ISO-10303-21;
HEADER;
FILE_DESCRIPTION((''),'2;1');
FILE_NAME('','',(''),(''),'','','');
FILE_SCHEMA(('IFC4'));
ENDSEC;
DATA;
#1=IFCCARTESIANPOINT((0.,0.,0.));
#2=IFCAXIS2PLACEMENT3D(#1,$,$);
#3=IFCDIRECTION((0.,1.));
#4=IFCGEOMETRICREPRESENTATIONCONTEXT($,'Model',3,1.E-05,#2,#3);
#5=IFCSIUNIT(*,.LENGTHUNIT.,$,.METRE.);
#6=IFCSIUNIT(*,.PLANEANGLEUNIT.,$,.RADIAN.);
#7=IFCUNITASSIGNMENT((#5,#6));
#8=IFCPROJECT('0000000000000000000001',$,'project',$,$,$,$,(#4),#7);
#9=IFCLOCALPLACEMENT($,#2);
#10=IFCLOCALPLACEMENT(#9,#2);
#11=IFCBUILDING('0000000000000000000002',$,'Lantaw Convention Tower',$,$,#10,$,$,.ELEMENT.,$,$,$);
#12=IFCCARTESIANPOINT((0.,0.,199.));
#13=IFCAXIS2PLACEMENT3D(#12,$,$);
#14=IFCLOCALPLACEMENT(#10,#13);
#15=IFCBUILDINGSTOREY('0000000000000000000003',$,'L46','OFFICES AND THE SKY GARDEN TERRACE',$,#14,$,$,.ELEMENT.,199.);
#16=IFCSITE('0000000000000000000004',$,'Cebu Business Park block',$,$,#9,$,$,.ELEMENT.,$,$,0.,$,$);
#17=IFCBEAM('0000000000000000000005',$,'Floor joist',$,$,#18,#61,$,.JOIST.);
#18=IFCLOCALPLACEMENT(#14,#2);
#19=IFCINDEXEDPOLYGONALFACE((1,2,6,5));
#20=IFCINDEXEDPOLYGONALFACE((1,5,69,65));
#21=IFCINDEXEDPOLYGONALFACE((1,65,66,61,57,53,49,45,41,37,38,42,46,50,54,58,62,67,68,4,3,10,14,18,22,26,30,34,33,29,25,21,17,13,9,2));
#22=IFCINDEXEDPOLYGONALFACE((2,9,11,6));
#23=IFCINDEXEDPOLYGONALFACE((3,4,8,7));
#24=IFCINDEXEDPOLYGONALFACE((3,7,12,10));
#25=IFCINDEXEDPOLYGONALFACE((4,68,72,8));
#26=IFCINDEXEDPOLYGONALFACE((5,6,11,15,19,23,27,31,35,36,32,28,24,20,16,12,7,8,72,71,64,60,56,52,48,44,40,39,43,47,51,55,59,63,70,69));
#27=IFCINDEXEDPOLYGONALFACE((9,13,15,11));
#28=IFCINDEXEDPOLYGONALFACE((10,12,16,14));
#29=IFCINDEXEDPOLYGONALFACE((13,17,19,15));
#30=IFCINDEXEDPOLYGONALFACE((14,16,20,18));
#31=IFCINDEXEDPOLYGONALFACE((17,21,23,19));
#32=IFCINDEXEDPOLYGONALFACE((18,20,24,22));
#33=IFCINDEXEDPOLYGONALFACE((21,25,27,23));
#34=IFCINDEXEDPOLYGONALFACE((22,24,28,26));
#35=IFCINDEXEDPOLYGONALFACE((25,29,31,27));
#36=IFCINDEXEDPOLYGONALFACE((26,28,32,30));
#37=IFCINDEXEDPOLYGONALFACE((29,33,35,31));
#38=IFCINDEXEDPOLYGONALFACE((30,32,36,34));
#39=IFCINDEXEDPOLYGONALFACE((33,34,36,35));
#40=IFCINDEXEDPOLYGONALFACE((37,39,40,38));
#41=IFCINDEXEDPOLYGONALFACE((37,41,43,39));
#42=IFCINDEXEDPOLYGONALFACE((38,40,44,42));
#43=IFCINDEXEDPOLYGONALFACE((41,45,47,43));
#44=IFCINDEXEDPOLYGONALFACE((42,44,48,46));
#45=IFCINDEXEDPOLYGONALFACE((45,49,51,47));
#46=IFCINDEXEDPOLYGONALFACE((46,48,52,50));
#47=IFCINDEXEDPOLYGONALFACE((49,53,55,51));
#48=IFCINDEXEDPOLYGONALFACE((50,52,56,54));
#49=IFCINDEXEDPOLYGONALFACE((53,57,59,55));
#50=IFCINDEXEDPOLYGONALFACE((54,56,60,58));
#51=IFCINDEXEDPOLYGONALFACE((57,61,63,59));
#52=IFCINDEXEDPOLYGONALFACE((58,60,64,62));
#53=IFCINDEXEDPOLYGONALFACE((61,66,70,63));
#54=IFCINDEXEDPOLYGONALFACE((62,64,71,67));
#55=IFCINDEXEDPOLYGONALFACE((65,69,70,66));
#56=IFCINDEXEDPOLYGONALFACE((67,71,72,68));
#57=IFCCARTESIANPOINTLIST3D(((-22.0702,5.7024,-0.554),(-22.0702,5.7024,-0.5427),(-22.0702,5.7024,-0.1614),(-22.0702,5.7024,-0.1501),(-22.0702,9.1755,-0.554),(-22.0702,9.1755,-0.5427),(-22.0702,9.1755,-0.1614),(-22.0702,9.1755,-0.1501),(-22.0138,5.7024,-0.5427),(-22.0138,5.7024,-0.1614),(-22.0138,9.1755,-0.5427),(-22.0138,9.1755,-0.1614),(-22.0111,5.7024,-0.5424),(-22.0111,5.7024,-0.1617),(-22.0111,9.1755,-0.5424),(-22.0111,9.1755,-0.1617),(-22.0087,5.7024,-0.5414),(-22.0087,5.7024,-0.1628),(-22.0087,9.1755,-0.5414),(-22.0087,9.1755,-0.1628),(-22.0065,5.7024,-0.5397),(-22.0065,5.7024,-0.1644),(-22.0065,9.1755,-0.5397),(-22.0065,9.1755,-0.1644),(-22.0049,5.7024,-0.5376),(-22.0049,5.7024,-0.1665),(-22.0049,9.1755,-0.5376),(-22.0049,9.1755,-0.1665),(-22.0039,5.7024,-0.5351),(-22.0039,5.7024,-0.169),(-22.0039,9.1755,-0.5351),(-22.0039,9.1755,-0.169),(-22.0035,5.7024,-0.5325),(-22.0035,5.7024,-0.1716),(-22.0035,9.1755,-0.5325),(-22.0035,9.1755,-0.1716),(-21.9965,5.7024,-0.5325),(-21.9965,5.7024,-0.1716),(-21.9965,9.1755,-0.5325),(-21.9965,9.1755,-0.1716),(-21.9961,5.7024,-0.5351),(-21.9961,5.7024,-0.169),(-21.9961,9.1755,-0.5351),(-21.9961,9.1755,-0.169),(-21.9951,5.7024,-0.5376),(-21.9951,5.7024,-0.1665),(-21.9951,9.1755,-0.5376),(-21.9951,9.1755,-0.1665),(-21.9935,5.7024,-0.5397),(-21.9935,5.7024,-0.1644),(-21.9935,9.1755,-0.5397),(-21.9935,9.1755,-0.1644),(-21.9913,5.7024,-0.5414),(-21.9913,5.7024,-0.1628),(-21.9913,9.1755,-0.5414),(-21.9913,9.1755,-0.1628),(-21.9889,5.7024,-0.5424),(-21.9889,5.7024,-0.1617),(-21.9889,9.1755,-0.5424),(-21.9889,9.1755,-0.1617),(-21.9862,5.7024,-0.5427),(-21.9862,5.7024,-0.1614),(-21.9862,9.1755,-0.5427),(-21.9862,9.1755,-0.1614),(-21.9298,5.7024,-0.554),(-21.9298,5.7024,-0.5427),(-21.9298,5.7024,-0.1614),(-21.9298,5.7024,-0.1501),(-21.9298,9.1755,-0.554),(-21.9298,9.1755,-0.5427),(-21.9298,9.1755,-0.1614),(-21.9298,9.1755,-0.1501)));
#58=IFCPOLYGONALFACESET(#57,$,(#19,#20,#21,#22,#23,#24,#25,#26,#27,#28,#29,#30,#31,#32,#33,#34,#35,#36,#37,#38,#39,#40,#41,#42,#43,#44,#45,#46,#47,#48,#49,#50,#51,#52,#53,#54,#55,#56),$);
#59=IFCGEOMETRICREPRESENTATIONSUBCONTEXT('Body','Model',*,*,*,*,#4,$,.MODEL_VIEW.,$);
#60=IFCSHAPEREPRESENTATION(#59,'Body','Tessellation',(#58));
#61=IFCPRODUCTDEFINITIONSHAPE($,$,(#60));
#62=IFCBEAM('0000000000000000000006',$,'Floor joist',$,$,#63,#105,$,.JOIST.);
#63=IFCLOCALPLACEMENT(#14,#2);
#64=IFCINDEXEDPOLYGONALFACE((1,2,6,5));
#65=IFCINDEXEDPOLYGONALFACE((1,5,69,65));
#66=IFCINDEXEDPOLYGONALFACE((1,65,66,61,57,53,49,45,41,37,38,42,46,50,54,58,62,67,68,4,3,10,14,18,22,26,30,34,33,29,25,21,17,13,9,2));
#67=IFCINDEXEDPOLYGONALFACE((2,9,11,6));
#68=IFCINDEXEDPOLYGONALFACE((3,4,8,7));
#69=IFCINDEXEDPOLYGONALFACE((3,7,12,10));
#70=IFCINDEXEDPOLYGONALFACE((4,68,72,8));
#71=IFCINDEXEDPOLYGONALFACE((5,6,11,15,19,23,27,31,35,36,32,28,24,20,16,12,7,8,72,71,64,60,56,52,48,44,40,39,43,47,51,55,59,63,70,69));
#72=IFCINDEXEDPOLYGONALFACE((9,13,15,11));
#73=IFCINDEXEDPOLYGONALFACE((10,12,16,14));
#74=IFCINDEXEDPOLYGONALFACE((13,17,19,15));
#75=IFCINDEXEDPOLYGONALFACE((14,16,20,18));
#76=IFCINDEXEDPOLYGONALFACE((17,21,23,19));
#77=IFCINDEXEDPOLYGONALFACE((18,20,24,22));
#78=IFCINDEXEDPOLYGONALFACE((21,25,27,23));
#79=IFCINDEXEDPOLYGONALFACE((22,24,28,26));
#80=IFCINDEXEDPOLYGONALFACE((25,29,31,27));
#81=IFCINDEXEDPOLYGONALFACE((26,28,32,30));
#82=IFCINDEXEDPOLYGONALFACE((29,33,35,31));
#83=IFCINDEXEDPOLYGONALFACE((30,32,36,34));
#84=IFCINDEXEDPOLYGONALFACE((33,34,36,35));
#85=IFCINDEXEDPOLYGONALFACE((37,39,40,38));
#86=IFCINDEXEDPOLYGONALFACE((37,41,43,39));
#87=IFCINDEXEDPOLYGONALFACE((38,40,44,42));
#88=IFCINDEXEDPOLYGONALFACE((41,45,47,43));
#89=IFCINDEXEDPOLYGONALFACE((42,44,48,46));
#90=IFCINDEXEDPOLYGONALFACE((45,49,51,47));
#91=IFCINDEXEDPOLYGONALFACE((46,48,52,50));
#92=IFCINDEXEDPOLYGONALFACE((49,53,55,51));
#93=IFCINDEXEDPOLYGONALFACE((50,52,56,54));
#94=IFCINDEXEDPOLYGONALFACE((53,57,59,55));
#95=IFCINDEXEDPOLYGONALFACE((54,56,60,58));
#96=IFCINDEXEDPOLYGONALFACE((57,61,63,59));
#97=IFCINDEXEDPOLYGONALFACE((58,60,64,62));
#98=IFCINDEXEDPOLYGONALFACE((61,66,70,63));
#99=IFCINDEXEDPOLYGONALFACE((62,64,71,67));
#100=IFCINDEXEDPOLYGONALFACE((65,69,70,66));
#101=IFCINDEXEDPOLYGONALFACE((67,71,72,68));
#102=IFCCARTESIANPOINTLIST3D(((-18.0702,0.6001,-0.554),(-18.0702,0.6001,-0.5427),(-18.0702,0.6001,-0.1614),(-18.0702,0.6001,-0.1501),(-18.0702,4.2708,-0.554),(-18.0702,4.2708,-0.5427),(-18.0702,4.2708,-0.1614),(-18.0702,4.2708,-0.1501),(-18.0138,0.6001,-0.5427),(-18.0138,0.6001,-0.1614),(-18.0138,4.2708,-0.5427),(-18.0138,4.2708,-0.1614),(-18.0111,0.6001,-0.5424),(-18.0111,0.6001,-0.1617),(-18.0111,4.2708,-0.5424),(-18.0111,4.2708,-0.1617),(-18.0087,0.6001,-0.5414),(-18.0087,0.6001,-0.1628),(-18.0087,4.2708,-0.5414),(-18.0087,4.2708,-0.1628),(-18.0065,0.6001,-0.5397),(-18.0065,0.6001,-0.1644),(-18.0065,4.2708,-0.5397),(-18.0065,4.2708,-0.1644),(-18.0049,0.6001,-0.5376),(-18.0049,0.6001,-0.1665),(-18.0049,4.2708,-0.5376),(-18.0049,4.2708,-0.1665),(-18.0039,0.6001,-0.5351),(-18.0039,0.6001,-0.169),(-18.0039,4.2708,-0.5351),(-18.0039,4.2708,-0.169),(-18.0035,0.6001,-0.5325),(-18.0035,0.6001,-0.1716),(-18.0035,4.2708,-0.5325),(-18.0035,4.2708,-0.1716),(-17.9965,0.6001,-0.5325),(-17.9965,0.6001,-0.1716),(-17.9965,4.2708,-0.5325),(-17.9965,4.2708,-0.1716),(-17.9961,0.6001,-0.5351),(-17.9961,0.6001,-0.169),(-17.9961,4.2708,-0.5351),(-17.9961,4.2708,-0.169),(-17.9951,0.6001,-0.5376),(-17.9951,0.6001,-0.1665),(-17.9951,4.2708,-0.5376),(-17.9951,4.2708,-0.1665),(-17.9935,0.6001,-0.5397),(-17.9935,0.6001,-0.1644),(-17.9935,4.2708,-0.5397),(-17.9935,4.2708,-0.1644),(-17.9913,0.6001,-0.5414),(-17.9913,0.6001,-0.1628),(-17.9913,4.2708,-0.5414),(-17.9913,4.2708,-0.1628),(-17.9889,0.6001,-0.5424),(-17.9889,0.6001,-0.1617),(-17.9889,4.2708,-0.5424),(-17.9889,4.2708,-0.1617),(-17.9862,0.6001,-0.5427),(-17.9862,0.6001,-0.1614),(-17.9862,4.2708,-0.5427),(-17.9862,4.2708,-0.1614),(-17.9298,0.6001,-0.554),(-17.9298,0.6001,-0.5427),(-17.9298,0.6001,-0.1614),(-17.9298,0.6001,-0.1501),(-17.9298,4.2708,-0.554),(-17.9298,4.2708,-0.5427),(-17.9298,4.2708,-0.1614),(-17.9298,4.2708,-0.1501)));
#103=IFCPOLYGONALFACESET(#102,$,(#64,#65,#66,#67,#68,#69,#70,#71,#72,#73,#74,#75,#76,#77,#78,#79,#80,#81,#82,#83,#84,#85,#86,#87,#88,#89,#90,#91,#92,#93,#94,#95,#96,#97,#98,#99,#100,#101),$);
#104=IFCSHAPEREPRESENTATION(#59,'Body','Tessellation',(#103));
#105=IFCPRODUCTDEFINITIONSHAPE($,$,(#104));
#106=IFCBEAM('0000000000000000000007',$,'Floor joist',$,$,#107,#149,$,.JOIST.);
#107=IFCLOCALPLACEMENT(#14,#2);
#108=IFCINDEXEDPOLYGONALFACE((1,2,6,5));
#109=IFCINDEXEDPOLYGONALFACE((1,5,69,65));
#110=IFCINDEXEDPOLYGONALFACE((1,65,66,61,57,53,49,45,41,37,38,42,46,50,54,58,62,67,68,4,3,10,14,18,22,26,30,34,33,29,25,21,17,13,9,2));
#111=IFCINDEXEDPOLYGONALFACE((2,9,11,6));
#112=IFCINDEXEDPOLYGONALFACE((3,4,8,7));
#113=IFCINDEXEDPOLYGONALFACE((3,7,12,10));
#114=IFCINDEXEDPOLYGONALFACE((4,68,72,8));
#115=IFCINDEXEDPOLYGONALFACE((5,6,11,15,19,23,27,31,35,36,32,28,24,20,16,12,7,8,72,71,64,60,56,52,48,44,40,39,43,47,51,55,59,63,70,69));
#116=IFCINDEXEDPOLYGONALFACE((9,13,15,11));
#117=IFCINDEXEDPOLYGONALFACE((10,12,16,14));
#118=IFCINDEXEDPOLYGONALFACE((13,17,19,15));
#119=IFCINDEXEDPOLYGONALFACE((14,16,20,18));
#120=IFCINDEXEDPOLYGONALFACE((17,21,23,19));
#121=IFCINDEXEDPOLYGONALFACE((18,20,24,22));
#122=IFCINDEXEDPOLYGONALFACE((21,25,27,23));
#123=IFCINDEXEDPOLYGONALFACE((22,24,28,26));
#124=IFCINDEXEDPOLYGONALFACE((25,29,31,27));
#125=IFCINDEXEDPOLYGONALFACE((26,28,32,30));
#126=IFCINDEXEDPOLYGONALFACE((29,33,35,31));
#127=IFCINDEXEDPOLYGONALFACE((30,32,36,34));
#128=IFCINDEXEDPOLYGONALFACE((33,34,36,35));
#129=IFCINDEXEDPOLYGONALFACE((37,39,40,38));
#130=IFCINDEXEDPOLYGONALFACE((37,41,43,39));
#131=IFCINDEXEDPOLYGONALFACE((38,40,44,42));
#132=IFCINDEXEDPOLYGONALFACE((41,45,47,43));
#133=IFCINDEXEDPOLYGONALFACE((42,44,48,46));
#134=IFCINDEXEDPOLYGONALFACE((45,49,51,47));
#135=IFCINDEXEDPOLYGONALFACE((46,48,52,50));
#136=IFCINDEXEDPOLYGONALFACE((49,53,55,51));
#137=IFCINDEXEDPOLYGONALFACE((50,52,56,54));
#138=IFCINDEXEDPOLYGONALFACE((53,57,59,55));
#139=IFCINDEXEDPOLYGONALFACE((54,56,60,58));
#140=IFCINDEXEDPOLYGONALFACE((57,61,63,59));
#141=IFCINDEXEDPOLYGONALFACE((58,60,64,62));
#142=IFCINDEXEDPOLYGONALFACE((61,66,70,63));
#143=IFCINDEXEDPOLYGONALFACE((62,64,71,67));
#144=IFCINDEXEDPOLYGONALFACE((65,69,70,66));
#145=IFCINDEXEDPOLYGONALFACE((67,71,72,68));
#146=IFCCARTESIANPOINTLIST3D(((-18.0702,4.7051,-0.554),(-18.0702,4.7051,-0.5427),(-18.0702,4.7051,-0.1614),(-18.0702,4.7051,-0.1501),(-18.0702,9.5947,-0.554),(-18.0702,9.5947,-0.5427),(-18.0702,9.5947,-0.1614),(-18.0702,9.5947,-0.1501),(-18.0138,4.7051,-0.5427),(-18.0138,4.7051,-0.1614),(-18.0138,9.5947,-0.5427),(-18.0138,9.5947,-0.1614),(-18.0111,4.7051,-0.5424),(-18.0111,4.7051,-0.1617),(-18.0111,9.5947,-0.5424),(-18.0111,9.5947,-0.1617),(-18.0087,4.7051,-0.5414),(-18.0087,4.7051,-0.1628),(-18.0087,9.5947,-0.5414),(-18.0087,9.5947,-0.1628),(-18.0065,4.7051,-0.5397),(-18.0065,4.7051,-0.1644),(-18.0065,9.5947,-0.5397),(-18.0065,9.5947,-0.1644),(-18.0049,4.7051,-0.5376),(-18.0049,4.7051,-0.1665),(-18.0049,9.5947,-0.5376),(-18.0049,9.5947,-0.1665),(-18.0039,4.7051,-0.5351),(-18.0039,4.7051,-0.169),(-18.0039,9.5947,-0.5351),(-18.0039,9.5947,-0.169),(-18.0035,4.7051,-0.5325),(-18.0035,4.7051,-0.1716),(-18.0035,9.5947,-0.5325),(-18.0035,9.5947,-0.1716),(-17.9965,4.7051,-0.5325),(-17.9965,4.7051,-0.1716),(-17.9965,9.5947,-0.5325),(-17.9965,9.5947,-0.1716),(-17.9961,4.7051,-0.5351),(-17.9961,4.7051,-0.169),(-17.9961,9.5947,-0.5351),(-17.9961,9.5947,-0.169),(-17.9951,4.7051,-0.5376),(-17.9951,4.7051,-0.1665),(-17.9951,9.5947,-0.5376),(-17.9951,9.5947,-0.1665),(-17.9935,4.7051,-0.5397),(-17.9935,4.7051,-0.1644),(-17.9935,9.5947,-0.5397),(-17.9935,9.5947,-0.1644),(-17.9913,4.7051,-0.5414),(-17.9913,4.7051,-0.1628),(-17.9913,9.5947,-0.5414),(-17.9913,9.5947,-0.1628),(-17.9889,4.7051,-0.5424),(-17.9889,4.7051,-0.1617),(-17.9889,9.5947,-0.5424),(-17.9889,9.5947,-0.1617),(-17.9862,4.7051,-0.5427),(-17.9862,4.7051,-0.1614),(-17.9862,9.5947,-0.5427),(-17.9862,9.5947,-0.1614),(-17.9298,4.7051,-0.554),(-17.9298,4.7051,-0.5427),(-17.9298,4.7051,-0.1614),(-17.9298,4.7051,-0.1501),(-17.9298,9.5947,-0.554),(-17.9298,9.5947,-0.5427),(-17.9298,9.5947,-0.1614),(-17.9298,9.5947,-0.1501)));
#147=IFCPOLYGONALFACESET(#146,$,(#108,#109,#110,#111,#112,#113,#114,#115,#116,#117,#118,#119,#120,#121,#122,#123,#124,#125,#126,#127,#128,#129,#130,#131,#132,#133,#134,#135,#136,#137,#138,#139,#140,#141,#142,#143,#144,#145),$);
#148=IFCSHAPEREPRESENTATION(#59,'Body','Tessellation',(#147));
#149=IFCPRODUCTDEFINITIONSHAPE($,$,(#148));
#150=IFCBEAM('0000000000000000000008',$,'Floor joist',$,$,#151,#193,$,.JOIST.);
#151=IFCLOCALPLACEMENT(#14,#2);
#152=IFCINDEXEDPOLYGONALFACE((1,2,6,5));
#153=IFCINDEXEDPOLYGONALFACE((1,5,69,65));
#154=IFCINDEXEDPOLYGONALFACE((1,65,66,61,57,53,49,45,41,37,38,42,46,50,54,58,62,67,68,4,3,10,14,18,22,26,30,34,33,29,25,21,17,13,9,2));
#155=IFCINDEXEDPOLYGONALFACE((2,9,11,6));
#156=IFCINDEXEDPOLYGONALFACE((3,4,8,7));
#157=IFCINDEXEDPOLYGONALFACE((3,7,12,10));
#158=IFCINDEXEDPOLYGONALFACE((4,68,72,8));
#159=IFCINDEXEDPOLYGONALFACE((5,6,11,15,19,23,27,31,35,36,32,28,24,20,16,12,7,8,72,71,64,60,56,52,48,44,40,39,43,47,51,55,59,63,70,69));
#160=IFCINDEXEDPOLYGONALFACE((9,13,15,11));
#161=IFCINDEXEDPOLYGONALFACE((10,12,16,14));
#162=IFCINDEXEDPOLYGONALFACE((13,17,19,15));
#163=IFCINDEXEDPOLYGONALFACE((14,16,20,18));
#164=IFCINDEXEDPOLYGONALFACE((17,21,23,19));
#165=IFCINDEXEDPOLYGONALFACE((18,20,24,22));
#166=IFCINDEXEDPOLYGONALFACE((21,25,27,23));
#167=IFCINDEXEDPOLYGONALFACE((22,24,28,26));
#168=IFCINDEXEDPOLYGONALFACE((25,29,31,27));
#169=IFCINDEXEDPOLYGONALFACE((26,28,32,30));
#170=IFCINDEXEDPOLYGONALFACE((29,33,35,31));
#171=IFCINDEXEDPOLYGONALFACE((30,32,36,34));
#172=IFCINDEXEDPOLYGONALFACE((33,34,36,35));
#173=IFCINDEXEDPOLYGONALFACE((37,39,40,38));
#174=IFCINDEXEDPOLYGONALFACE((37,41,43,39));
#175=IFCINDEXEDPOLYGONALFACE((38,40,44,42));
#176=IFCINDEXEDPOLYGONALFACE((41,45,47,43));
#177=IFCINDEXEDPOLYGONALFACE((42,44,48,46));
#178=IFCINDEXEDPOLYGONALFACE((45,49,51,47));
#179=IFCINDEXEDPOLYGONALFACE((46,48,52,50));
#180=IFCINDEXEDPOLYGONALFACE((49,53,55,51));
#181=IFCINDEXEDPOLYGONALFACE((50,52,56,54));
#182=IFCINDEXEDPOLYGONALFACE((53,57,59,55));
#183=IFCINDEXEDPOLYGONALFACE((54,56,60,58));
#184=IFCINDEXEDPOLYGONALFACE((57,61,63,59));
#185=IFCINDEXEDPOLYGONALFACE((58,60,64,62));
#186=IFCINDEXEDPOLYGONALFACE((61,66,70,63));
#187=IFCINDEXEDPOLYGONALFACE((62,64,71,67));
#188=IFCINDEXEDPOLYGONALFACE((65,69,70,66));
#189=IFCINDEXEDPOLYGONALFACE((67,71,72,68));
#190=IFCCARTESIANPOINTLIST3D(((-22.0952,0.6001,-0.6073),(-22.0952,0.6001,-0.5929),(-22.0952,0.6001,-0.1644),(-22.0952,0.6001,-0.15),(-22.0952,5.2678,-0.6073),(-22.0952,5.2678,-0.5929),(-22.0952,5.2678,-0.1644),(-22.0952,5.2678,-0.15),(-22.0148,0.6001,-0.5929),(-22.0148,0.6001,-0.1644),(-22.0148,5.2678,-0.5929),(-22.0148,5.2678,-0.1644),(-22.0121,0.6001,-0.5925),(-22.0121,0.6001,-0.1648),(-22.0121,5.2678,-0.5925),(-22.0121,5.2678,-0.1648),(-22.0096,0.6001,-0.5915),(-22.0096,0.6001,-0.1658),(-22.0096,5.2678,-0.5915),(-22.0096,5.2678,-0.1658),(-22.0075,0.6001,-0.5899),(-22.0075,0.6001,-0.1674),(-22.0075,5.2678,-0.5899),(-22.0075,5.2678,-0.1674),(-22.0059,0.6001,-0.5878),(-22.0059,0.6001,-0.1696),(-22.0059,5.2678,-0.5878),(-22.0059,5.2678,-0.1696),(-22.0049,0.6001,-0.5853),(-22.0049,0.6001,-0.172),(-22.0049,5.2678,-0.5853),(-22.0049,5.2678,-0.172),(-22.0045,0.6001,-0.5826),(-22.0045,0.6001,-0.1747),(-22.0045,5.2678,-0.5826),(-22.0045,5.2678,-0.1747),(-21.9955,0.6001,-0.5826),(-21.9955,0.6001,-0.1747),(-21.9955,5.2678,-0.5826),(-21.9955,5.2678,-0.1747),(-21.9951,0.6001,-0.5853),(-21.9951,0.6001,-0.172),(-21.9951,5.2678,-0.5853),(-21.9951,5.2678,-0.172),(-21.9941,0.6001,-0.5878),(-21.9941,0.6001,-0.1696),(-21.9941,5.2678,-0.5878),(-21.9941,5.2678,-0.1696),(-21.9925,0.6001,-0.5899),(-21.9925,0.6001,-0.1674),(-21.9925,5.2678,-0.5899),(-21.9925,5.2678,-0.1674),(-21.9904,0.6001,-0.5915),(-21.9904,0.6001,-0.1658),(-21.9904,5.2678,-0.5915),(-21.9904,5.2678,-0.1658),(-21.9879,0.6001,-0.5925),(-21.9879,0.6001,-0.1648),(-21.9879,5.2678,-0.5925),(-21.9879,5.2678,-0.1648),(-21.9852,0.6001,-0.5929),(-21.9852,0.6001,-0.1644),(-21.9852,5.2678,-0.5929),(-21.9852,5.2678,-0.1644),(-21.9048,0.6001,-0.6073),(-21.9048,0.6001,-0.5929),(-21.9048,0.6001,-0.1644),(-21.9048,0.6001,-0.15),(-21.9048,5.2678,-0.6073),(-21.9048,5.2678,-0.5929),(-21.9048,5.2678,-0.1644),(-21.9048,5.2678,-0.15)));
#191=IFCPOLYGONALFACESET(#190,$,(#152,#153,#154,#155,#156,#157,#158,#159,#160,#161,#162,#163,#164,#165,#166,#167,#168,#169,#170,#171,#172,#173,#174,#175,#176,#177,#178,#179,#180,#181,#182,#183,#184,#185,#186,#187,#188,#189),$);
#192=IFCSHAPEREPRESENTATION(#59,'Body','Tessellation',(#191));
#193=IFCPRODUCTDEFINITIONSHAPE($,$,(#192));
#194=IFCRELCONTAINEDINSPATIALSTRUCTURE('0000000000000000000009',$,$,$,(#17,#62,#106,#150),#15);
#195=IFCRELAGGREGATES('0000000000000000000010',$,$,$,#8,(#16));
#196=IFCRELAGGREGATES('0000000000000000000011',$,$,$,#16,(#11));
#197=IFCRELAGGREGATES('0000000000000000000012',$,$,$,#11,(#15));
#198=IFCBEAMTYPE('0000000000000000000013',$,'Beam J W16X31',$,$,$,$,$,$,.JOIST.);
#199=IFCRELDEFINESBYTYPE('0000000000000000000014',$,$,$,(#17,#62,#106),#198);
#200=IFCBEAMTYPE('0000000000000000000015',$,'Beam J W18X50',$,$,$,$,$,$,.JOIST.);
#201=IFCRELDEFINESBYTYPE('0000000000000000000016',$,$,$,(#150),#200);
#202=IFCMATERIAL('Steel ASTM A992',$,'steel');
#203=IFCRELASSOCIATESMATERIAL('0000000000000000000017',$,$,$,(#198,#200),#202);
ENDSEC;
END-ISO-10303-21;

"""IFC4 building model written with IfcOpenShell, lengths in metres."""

from ifc_helpers import new_model, si_unit, direction, frame, origin, origin_2d, place, context, subcontext, project, spatial, i_section, extrude, material, material_profile, profile_set, type_object, element, save


model = new_model("IFC4")

# Units and contexts
model_context = context("Model", 3, precision=1e-05, world=origin(), true_north=direction((0.0, 1.0)))
body_context = subcontext(model_context, "Body", "Model", "MODEL_VIEW")
ifc_project = project(units=[si_unit("LENGTHUNIT", "METRE"), si_unit("PLANEANGLEUNIT", "RADIAN")], contexts=[model_context])

# Site, building, storey
site_placement = place(None, origin())
site = spatial("IfcSite", under=ifc_project, at=site_placement, Name="Cebu Business Park block", CompositionType="ELEMENT", RefElevation=0.0)
building_placement = place(site_placement, origin())
building = spatial("IfcBuilding", under=site, at=building_placement, Name="Lantaw Convention Tower", CompositionType="ELEMENT")
storey_placement = place(building_placement, frame((0.0, 0.0, 199.0)))
storey = spatial("IfcBuildingStorey", under=building, at=storey_placement, Name="L46", Description="OFFICES AND THE SKY GARDEN TERRACE", CompositionType="ELEMENT", Elevation=199.0)

# Beams
ifc_material_1 = material(Name="Steel ASTM A992", Category="steel")
ifc_material_profile_1 = material_profile(ifc_material_1, i_section(OverallWidth=0.1404, OverallDepth=0.4038, WebThickness=0.0071, FlangeThickness=0.0112, FilletRadius=0.0103, at=origin_2d()), Name="W16X31")
ifc_profile_set_1 = profile_set([ifc_material_profile_1], Name="Steel ASTM A992")
beam_type_1 = type_object("IfcBeamType", Name="Beam J W16X31", PredefinedType="JOIST", material=ifc_profile_set_1)
beam_1_placement = place(storey_placement, frame((-22.0, 5.7024, -0.3521), z_axis=(0.0, 1.0, 0.0), x_axis=(-1.0, 0.0, 0.0)))
element("IfcBeam", 1, at=beam_1_placement, inside=storey, type_object=beam_type_1, Name="Floor joist", PredefinedType="JOIST", context=body_context, shape_type="SweptSolid", body=[
    extrude(i_section(OverallWidth=0.1404, OverallDepth=0.4038, WebThickness=0.0071, FlangeThickness=0.0112, FilletRadius=0.0103, at=origin_2d()), origin(), (0.0, 0.0, 1.0), 3.4731),
])
beam_2_placement = place(storey_placement, frame((-18.0, 0.6001, -0.3521), z_axis=(0.0, 1.0, 0.0), x_axis=(-1.0, 0.0, 0.0)))
element("IfcBeam", 2, at=beam_2_placement, inside=storey, type_object=beam_type_1, Name="Floor joist", PredefinedType="JOIST", context=body_context, shape_type="SweptSolid", body=[
    extrude(i_section(OverallWidth=0.1404, OverallDepth=0.4038, WebThickness=0.0071, FlangeThickness=0.0112, FilletRadius=0.0103, at=origin_2d()), origin(), (0.0, 0.0, 1.0), 3.6707),
])
beam_3_placement = place(storey_placement, frame((-18.0, 4.7051, -0.3521), z_axis=(0.0, 1.0, 0.0), x_axis=(-1.0, 0.0, 0.0)))
element("IfcBeam", 3, at=beam_3_placement, inside=storey, type_object=beam_type_1, Name="Floor joist", PredefinedType="JOIST", context=body_context, shape_type="SweptSolid", body=[
    extrude(i_section(OverallWidth=0.1404, OverallDepth=0.4038, WebThickness=0.0071, FlangeThickness=0.0112, FilletRadius=0.0103, at=origin_2d()), origin(), (0.0, 0.0, 1.0), 4.8896),
])
ifc_material_profile_2 = material_profile(ifc_material_1, i_section(OverallWidth=0.1904, OverallDepth=0.4573, WebThickness=0.009, FlangeThickness=0.0144, FilletRadius=0.0103, at=origin_2d()), Name="W18X50")
ifc_profile_set_2 = profile_set([ifc_material_profile_2], Name="Steel ASTM A992")
beam_type_2 = type_object("IfcBeamType", Name="Beam J W18X50", PredefinedType="JOIST", material=ifc_profile_set_2)
beam_4_placement = place(storey_placement, frame((-22.0, 0.6001, -0.3787), z_axis=(0.0, 1.0, 0.0), x_axis=(-1.0, 0.0, 0.0)))
element("IfcBeam", 4, at=beam_4_placement, inside=storey, type_object=beam_type_2, Name="Floor joist", PredefinedType="JOIST", context=body_context, shape_type="SweptSolid", body=[
    extrude(i_section(OverallWidth=0.1904, OverallDepth=0.4573, WebThickness=0.009, FlangeThickness=0.0144, FilletRadius=0.0103, at=origin_2d()), origin(), (0.0, 0.0, 1.0), 4.6677),
])

save(model, "model.ifc")
